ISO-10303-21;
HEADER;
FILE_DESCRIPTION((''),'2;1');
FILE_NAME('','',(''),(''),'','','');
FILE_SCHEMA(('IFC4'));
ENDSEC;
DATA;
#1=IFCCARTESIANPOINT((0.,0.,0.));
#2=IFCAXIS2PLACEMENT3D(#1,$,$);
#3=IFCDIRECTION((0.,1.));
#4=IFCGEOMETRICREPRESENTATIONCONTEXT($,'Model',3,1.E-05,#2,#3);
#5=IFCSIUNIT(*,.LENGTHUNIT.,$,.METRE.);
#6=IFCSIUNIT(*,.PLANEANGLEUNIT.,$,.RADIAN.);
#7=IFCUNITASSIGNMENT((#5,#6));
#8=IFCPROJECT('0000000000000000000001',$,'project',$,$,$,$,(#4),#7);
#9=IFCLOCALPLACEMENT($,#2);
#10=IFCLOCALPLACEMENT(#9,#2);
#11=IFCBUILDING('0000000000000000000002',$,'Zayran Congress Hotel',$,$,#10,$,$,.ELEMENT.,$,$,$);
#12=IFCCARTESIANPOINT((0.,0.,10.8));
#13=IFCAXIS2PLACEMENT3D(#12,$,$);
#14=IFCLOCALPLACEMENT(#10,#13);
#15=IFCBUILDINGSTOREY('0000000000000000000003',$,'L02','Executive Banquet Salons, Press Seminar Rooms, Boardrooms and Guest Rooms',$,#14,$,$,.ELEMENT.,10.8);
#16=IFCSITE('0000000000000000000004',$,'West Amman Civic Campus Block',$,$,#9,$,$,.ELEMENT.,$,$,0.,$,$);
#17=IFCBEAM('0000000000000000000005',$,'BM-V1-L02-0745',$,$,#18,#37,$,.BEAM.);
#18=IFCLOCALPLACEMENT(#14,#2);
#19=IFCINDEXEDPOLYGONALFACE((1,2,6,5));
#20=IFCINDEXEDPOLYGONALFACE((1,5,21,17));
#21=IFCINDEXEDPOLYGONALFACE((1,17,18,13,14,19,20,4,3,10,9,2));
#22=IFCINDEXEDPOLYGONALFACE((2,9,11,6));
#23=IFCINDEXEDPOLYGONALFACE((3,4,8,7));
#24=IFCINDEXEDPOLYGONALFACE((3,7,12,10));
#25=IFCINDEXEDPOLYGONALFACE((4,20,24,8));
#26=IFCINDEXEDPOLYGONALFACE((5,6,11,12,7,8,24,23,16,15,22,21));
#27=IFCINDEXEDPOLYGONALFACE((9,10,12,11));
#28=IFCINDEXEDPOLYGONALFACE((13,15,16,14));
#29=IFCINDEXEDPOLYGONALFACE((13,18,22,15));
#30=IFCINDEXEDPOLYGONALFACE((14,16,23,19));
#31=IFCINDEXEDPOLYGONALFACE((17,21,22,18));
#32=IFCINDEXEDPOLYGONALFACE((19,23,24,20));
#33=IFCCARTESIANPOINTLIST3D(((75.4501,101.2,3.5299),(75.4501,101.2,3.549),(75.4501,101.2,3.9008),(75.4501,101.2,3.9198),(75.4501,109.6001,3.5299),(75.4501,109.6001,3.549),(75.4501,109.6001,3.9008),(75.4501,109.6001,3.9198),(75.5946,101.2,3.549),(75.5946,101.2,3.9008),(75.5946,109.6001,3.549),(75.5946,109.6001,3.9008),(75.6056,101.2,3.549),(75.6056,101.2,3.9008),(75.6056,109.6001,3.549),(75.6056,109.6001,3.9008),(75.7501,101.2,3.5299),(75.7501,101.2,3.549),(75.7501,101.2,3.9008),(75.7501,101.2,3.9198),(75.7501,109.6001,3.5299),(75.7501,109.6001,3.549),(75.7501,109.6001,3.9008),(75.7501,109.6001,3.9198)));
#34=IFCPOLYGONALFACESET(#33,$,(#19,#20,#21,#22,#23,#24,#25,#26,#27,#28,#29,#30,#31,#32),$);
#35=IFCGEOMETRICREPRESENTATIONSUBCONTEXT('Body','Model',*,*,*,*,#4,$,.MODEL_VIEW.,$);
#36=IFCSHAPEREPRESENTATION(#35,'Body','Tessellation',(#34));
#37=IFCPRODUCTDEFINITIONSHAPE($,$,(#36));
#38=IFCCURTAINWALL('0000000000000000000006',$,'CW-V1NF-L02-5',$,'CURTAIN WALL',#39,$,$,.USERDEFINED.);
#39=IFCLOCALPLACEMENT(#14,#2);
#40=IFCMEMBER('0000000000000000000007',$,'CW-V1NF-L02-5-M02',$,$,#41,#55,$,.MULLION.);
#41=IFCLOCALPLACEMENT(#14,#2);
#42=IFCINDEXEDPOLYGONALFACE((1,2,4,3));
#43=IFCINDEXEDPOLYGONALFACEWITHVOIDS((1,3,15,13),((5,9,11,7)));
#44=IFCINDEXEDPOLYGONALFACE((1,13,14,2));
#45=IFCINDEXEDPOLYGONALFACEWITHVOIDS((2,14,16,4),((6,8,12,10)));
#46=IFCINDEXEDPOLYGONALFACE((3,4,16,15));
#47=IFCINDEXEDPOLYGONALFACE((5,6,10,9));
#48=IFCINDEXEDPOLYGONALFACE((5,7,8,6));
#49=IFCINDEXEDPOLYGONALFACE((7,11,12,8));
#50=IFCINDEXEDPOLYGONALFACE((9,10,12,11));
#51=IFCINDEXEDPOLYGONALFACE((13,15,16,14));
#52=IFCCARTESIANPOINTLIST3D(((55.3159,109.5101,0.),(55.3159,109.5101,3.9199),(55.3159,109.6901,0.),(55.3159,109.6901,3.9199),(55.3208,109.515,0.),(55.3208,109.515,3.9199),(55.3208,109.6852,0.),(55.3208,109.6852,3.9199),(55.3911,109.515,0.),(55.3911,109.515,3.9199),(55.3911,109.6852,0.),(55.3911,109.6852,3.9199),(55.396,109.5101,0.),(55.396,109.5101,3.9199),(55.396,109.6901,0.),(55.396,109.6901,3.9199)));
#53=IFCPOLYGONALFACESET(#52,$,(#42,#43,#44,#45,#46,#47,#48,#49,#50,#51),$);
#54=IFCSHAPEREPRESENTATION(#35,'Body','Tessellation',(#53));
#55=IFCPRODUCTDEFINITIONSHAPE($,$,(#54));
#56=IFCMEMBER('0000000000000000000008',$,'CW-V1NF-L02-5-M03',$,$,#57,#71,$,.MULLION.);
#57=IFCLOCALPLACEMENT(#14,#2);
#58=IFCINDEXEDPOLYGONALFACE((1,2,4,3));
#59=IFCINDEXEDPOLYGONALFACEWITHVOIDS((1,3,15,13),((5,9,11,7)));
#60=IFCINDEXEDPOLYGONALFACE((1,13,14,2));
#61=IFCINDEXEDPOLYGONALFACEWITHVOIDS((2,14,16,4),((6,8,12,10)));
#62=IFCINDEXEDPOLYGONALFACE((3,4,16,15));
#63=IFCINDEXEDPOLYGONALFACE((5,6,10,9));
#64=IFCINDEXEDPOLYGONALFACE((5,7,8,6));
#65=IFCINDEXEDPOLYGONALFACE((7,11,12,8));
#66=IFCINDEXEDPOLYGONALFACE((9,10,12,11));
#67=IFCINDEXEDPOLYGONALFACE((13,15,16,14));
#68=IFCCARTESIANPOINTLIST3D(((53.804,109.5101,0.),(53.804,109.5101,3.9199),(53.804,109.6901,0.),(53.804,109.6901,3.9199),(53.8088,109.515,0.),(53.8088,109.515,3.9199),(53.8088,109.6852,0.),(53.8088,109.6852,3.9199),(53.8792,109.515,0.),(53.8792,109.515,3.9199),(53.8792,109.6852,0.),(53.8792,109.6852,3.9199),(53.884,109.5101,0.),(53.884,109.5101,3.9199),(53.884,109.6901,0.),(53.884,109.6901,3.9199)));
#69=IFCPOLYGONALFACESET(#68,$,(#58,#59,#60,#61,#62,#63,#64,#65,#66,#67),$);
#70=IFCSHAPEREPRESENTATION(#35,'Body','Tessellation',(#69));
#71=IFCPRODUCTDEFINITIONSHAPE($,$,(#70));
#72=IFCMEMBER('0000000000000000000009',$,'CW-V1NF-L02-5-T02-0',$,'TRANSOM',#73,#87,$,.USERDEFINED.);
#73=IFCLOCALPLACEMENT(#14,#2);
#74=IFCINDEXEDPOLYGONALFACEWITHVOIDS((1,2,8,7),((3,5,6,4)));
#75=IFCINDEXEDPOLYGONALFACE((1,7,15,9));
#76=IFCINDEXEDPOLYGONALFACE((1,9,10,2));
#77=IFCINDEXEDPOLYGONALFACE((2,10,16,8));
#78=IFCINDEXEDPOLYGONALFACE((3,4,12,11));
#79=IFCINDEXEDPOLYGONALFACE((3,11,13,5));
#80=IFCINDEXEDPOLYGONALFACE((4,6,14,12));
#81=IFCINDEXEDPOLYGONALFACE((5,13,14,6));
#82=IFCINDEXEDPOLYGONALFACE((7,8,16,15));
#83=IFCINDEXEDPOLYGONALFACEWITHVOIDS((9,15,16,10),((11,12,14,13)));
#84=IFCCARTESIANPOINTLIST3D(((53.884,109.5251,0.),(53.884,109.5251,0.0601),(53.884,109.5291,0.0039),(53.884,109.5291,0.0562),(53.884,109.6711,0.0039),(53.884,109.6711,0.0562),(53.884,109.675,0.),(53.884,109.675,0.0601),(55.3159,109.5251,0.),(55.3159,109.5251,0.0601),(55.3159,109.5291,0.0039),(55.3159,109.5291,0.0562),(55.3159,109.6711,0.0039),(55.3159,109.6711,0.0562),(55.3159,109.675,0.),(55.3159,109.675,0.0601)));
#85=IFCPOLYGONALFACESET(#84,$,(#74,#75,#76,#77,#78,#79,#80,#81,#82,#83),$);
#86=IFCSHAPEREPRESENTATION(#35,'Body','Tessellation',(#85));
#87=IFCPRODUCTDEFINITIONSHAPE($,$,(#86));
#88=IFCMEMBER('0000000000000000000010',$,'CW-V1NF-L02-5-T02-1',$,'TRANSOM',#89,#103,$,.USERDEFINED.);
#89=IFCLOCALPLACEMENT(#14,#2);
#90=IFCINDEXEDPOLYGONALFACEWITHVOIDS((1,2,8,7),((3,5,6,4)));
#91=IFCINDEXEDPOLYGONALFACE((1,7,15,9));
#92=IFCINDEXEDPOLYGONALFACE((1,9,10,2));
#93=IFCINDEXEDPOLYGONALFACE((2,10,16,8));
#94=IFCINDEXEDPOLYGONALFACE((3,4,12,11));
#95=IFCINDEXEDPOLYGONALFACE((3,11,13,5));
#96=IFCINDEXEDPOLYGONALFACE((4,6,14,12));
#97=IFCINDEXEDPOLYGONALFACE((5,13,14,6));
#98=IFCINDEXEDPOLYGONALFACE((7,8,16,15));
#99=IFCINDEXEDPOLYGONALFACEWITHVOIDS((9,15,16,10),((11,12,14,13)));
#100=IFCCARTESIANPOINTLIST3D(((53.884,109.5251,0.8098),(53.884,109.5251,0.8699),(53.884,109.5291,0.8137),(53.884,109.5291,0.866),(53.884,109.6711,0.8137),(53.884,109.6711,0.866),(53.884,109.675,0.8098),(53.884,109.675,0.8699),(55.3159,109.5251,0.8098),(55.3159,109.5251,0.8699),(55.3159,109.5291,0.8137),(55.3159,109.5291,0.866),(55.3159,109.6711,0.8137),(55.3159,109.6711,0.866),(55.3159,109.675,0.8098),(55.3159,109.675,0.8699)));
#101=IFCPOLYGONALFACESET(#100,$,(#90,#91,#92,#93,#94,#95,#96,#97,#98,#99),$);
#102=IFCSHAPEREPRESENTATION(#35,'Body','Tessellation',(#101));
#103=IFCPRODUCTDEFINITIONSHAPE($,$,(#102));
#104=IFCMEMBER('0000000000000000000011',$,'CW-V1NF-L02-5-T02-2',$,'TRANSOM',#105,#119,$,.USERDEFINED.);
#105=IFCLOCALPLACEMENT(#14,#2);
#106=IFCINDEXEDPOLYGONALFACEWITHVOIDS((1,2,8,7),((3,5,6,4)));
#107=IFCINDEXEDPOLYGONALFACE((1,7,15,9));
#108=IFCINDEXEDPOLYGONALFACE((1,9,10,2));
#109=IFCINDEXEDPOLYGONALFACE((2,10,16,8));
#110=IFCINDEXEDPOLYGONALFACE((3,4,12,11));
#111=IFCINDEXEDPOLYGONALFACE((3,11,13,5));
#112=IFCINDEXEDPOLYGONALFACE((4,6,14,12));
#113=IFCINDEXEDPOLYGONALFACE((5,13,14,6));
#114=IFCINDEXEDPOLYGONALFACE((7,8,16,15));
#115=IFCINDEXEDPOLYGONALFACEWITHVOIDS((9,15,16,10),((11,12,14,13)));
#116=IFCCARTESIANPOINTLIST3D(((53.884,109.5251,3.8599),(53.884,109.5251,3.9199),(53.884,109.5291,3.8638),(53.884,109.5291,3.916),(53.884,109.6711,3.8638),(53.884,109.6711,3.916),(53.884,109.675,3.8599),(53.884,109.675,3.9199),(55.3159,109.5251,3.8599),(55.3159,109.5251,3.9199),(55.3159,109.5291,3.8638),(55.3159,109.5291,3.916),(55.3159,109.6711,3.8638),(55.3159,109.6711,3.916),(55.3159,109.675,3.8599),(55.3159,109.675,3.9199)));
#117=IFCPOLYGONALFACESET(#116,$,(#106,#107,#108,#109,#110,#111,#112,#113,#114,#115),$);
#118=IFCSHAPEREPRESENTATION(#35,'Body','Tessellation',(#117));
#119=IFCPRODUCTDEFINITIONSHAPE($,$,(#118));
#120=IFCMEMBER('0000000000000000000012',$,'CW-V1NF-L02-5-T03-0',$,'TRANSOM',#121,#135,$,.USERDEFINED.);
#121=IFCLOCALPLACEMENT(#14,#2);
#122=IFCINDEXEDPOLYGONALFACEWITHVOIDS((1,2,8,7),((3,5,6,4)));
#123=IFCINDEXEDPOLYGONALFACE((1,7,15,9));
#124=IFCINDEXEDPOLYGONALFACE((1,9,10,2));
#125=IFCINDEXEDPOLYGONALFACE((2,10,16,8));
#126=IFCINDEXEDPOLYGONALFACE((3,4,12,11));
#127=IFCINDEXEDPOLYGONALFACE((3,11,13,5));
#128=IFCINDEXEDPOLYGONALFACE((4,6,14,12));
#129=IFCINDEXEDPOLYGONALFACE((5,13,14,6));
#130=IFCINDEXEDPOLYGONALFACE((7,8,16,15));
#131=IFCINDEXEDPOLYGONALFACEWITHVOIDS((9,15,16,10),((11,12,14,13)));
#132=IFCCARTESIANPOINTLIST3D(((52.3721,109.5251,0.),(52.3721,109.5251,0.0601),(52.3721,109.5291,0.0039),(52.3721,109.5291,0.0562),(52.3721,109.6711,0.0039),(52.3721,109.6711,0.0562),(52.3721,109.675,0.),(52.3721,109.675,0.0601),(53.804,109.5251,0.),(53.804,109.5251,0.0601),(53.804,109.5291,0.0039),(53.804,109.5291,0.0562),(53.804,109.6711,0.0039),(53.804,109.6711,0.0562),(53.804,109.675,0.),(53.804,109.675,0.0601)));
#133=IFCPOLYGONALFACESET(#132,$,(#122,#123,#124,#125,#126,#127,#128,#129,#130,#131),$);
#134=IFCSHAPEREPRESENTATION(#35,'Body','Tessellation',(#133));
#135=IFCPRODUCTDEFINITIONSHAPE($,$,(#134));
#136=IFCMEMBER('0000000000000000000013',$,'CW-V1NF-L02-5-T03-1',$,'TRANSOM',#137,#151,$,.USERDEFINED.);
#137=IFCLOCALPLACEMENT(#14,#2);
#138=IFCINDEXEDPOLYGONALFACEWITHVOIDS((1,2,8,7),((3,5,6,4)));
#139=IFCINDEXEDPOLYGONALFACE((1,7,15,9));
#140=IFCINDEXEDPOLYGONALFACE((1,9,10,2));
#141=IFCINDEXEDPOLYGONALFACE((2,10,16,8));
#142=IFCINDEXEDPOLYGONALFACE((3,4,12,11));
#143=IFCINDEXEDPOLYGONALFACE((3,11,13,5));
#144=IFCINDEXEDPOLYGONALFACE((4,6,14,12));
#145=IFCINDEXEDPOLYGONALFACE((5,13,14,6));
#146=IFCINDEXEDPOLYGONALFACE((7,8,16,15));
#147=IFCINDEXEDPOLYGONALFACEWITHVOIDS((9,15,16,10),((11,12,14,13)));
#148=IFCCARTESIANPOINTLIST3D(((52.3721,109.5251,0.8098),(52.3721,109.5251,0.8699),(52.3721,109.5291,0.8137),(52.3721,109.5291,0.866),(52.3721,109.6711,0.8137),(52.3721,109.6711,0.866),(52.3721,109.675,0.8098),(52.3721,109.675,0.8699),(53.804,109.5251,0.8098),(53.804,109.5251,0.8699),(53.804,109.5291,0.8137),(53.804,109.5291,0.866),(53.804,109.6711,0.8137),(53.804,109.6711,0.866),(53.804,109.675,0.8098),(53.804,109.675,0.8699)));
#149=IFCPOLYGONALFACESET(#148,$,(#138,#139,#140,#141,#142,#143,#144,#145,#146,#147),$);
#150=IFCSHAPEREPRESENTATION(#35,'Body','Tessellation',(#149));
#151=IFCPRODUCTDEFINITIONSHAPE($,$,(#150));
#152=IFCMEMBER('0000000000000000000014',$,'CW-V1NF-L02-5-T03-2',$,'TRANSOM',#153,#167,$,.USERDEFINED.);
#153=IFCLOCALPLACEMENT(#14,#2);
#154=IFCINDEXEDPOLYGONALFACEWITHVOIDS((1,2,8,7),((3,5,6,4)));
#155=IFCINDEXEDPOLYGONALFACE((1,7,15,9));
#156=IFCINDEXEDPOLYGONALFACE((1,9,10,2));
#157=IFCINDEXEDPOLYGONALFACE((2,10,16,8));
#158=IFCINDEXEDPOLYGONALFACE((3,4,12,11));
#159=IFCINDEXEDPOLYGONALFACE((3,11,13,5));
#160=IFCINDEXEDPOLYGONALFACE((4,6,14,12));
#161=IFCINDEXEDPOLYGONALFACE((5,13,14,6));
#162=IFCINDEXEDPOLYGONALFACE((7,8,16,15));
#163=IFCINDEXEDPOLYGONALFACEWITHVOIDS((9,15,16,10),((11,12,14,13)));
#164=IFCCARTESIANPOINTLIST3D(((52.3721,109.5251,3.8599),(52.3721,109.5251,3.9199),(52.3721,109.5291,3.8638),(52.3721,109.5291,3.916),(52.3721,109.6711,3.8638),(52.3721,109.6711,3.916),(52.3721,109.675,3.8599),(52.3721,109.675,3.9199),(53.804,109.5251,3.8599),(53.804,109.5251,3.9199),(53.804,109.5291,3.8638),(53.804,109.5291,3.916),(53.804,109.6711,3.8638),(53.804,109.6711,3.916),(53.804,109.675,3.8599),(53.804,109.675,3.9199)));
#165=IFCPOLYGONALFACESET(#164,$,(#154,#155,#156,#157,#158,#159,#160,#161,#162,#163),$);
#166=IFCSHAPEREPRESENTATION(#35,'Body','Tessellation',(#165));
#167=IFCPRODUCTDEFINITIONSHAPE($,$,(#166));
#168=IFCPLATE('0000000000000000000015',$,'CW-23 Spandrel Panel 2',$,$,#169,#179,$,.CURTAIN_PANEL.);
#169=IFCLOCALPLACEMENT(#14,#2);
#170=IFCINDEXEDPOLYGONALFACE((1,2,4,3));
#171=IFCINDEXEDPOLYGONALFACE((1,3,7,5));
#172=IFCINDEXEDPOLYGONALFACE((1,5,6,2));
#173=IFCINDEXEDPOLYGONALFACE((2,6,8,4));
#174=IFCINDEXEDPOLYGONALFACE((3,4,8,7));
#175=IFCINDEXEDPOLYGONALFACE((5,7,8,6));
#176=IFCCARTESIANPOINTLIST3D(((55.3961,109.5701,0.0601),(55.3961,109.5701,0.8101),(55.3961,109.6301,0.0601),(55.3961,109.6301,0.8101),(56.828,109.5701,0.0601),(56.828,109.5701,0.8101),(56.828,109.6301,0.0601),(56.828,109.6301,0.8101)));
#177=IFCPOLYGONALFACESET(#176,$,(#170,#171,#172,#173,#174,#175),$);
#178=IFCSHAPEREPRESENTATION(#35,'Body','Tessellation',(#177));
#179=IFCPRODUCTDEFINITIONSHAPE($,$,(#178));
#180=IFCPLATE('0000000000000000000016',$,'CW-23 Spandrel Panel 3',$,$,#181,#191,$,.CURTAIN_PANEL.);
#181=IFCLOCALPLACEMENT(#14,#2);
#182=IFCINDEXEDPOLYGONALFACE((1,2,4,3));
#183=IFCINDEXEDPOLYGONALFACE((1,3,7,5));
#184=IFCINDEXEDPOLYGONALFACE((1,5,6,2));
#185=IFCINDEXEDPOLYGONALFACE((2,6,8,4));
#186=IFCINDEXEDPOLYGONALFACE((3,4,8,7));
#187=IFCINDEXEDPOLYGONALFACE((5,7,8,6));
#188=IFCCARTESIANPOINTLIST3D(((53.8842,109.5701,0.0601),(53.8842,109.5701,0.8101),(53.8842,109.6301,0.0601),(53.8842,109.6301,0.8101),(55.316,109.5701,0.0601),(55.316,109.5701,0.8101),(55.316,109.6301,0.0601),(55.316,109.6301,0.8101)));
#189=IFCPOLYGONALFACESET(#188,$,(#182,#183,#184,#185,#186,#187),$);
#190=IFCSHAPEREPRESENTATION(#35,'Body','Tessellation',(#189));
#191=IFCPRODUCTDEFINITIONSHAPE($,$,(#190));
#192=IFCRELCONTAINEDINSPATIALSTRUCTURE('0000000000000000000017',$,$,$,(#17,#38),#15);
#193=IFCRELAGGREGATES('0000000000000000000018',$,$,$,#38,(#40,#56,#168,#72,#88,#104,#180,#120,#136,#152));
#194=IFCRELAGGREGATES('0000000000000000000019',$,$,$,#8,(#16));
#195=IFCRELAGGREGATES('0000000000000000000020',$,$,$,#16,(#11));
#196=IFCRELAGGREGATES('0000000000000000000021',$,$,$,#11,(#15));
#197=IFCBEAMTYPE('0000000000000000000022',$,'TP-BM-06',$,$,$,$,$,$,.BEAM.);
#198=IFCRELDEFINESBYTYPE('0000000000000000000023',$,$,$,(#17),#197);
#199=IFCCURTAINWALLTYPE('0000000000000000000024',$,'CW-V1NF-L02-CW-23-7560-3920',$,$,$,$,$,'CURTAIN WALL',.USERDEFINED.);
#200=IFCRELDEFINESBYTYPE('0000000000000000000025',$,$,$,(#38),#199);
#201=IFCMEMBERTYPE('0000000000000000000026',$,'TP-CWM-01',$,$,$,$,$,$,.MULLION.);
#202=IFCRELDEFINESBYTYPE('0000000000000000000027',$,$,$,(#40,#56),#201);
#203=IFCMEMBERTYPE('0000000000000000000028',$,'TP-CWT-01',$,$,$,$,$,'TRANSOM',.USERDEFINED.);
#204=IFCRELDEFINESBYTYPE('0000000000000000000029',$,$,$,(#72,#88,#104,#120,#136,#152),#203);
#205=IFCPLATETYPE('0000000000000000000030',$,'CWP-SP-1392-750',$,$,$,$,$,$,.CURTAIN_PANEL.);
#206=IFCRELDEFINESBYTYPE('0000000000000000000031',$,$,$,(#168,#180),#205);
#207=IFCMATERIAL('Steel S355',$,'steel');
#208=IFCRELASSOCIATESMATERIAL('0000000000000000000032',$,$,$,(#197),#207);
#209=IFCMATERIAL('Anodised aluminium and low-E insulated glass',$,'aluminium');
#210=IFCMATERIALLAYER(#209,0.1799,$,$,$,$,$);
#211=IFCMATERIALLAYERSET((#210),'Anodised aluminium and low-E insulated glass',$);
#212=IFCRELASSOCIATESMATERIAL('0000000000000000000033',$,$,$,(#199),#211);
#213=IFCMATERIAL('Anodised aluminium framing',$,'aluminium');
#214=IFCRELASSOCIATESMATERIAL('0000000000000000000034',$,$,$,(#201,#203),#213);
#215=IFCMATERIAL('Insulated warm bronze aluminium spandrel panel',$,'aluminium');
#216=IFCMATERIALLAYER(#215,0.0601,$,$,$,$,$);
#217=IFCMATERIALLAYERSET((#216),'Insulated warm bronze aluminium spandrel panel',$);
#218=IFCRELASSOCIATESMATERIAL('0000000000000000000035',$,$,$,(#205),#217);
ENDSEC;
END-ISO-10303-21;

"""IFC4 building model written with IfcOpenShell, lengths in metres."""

from ifc_helpers import new_model, si_unit, direction, frame, origin, origin_2d, place, context, subcontext, project, spatial, rectangle, hollow_rectangle, i_section, extrude, material, layer, layer_set, material_profile, profile_set, type_object, element, aggregate, save


model = new_model("IFC4")

# Units and contexts
model_context = context("Model", 3, precision=1e-05, world=origin(), true_north=direction((0.0, 1.0)))
body_context = subcontext(model_context, "Body", "Model", "MODEL_VIEW")
ifc_project = project(units=[si_unit("LENGTHUNIT", "METRE"), si_unit("PLANEANGLEUNIT", "RADIAN")], contexts=[model_context])

# Site, building, storey
site_placement = place(None, origin())
site = spatial("IfcSite", under=ifc_project, at=site_placement, Name="West Amman Civic Campus Block", CompositionType="ELEMENT", RefElevation=0.0)
building_placement = place(site_placement, origin())
building = spatial("IfcBuilding", under=site, at=building_placement, Name="Zayran Congress Hotel", CompositionType="ELEMENT")
storey_placement = place(building_placement, frame((0.0, 0.0, 10.8)))
storey = spatial("IfcBuildingStorey", under=building, at=storey_placement, Name="L02", Description="Executive Banquet Salons, Press Seminar Rooms, Boardrooms and Guest Rooms", CompositionType="ELEMENT", Elevation=10.8)

# Shared definitions
ifc_material_1 = material(Name="Steel S355", Category="steel")

# Beam
ifc_material_profile_1 = material_profile(ifc_material_1, i_section(OverallWidth=0.3, OverallDepth=0.3899, WebThickness=0.011, FlangeThickness=0.019, at=origin_2d()), Name="HEA 400")
ifc_profile_set_1 = profile_set([ifc_material_profile_1], Name="Steel S355")
beam_type_1 = type_object("IfcBeamType", Name="TP-BM-06", PredefinedType="BEAM", material=ifc_profile_set_1)
beam_1_placement = place(storey_placement, frame((75.6001, 101.2, 3.7249), z_axis=(0.0, 1.0, 0.0), x_axis=(-1.0, 0.0, 0.0)))
element("IfcBeam", 1, at=beam_1_placement, inside=storey, type_object=beam_type_1, Name="BM-V1-L02-0745", PredefinedType="BEAM", context=body_context, shape_type="SweptSolid", body=[
    extrude(i_section(OverallWidth=0.3, OverallDepth=0.3899, WebThickness=0.011, FlangeThickness=0.019, at=origin_2d()), origin(), (0.0, 0.0, 1.0), 8.4001),
])

# Curtain wall, members, plates
ifc_material_2 = material(Name="Anodised aluminium and low-E insulated glass", Category="aluminium")
ifc_layer_1 = layer(ifc_material_2, 0.1799)
ifc_layer_set_1 = layer_set([ifc_layer_1], Name="Anodised aluminium and low-E insulated glass")
curtain_wall_type = type_object("IfcCurtainWallType", Name="CW-V1NF-L02-CW-23-7560-3920", ElementType="CURTAIN WALL", PredefinedType="USERDEFINED", material=ifc_layer_set_1)
curtain_wall_placement = place(storey_placement, origin())
curtain_wall = element("IfcCurtainWall", 2, at=curtain_wall_placement, inside=storey, type_object=curtain_wall_type, Name="CW-V1NF-L02-5", ObjectType="CURTAIN WALL", PredefinedType="USERDEFINED")
ifc_material_3 = material(Name="Anodised aluminium framing", Category="aluminium")
ifc_material_profile_2 = material_profile(ifc_material_3, hollow_rectangle(XDim=0.0801, YDim=0.1799, WallThickness=0.0049, at=origin_2d()), Name="RHS 180x80x5")
ifc_profile_set_2 = profile_set([ifc_material_profile_2], Name="Anodised aluminium framing")
member_type_1 = type_object("IfcMemberType", Name="TP-CWM-01", PredefinedType="MULLION", material=ifc_profile_set_2)
member_1_placement = place(storey_placement, frame((55.356, 109.6001, 0.0), z_axis=(0.0, 0.0, 1.0), x_axis=(1.0, 0.0, 0.0)))
member_1 = element("IfcMember", 3, at=member_1_placement, type_object=member_type_1, Name="CW-V1NF-L02-5-M02", PredefinedType="MULLION", context=body_context, shape_type="SweptSolid", body=[
    extrude(hollow_rectangle(XDim=0.0801, YDim=0.1799, WallThickness=0.0049, at=origin_2d()), origin(), (0.0, 0.0, 1.0), 3.9199),
])
member_2_placement = place(storey_placement, frame((53.844, 109.6001, 0.0), z_axis=(0.0, 0.0, 1.0), x_axis=(1.0, 0.0, 0.0)))
member_2 = element("IfcMember", 4, at=member_2_placement, type_object=member_type_1, Name="CW-V1NF-L02-5-M03", PredefinedType="MULLION", context=body_context, shape_type="SweptSolid", body=[
    extrude(hollow_rectangle(XDim=0.0801, YDim=0.1799, WallThickness=0.0049, at=origin_2d()), origin(), (0.0, 0.0, 1.0), 3.9199),
])
ifc_material_profile_3 = material_profile(ifc_material_3, hollow_rectangle(XDim=0.0601, YDim=0.1499, WallThickness=0.0039, at=origin_2d()), Name="RHS 150x60x4")
ifc_profile_set_3 = profile_set([ifc_material_profile_3], Name="Anodised aluminium framing")
member_type_2 = type_object("IfcMemberType", Name="TP-CWT-01", ElementType="TRANSOM", PredefinedType="USERDEFINED", material=ifc_profile_set_3)
member_3_placement = place(storey_placement, frame((55.3159, 109.6001, 0.03), z_axis=(-1.0, 0.0, 0.0), x_axis=(0.0, 0.0, 1.0)))
member_3 = element("IfcMember", 5, at=member_3_placement, type_object=member_type_2, Name="CW-V1NF-L02-5-T02-0", ObjectType="TRANSOM", PredefinedType="USERDEFINED", context=body_context, shape_type="SweptSolid", body=[
    extrude(hollow_rectangle(XDim=0.0601, YDim=0.1499, WallThickness=0.0039, at=origin_2d()), origin(), (0.0, 0.0, 1.0), 1.4319),
])
member_4_placement = place(storey_placement, frame((55.3159, 109.6001, 0.8398), z_axis=(-1.0, 0.0, 0.0), x_axis=(0.0, 0.0, 1.0)))
member_4 = element("IfcMember", 6, at=member_4_placement, type_object=member_type_2, Name="CW-V1NF-L02-5-T02-1", ObjectType="TRANSOM", PredefinedType="USERDEFINED", context=body_context, shape_type="SweptSolid", body=[
    extrude(hollow_rectangle(XDim=0.0601, YDim=0.1499, WallThickness=0.0039, at=origin_2d()), origin(), (0.0, 0.0, 1.0), 1.4319),
])
member_5_placement = place(storey_placement, frame((55.3159, 109.6001, 3.8899), z_axis=(-1.0, 0.0, 0.0), x_axis=(0.0, 0.0, 1.0)))
member_5 = element("IfcMember", 7, at=member_5_placement, type_object=member_type_2, Name="CW-V1NF-L02-5-T02-2", ObjectType="TRANSOM", PredefinedType="USERDEFINED", context=body_context, shape_type="SweptSolid", body=[
    extrude(hollow_rectangle(XDim=0.0601, YDim=0.1499, WallThickness=0.0039, at=origin_2d()), origin(), (0.0, 0.0, 1.0), 1.4319),
])
member_6_placement = place(storey_placement, frame((53.804, 109.6001, 0.03), z_axis=(-1.0, 0.0, 0.0), x_axis=(0.0, 0.0, 1.0)))
member_6 = element("IfcMember", 8, at=member_6_placement, type_object=member_type_2, Name="CW-V1NF-L02-5-T03-0", ObjectType="TRANSOM", PredefinedType="USERDEFINED", context=body_context, shape_type="SweptSolid", body=[
    extrude(hollow_rectangle(XDim=0.0601, YDim=0.1499, WallThickness=0.0039, at=origin_2d()), origin(), (0.0, 0.0, 1.0), 1.4319),
])
member_7_placement = place(storey_placement, frame((53.804, 109.6001, 0.8398), z_axis=(-1.0, 0.0, 0.0), x_axis=(0.0, 0.0, 1.0)))
member_7 = element("IfcMember", 9, at=member_7_placement, type_object=member_type_2, Name="CW-V1NF-L02-5-T03-1", ObjectType="TRANSOM", PredefinedType="USERDEFINED", context=body_context, shape_type="SweptSolid", body=[
    extrude(hollow_rectangle(XDim=0.0601, YDim=0.1499, WallThickness=0.0039, at=origin_2d()), origin(), (0.0, 0.0, 1.0), 1.4319),
])
member_8_placement = place(storey_placement, frame((53.804, 109.6001, 3.8899), z_axis=(-1.0, 0.0, 0.0), x_axis=(0.0, 0.0, 1.0)))
member_8 = element("IfcMember", 10, at=member_8_placement, type_object=member_type_2, Name="CW-V1NF-L02-5-T03-2", ObjectType="TRANSOM", PredefinedType="USERDEFINED", context=body_context, shape_type="SweptSolid", body=[
    extrude(hollow_rectangle(XDim=0.0601, YDim=0.1499, WallThickness=0.0039, at=origin_2d()), origin(), (0.0, 0.0, 1.0), 1.4319),
])
ifc_material_4 = material(Name="Insulated warm bronze aluminium spandrel panel", Category="aluminium")
ifc_layer_2 = layer(ifc_material_4, 0.0601)
ifc_layer_set_2 = layer_set([ifc_layer_2], Name="Insulated warm bronze aluminium spandrel panel")
plate_type_1 = type_object("IfcPlateType", Name="CWP-SP-1392-750", PredefinedType="CURTAIN_PANEL", material=ifc_layer_set_2)
plate_1_placement = place(storey_placement, frame((56.1121, 109.6001, 0.0601), z_axis=(0.0, 0.0, 1.0), x_axis=(1.0, 0.0, 0.0)))
plate_1 = element("IfcPlate", 11, at=plate_1_placement, type_object=plate_type_1, Name="CW-23 Spandrel Panel 2", PredefinedType="CURTAIN_PANEL", context=body_context, shape_type="SweptSolid", body=[
    extrude(rectangle(XDim=1.4319, YDim=0.0601, at=origin_2d()), origin(), (0.0, 0.0, 1.0), 0.75),
])
plate_2_placement = place(storey_placement, frame((54.6001, 109.6001, 0.0601), z_axis=(0.0, 0.0, 1.0), x_axis=(1.0, 0.0, 0.0)))
plate_2 = element("IfcPlate", 12, at=plate_2_placement, type_object=plate_type_1, Name="CW-23 Spandrel Panel 3", PredefinedType="CURTAIN_PANEL", context=body_context, shape_type="SweptSolid", body=[
    extrude(rectangle(XDim=1.4319, YDim=0.0601, at=origin_2d()), origin(), (0.0, 0.0, 1.0), 0.75),
])
aggregate(curtain_wall, [member_1, member_2, plate_1, member_3, member_4, member_5, plate_2, member_6, member_7, member_8])

save(model, "model.ifc")
